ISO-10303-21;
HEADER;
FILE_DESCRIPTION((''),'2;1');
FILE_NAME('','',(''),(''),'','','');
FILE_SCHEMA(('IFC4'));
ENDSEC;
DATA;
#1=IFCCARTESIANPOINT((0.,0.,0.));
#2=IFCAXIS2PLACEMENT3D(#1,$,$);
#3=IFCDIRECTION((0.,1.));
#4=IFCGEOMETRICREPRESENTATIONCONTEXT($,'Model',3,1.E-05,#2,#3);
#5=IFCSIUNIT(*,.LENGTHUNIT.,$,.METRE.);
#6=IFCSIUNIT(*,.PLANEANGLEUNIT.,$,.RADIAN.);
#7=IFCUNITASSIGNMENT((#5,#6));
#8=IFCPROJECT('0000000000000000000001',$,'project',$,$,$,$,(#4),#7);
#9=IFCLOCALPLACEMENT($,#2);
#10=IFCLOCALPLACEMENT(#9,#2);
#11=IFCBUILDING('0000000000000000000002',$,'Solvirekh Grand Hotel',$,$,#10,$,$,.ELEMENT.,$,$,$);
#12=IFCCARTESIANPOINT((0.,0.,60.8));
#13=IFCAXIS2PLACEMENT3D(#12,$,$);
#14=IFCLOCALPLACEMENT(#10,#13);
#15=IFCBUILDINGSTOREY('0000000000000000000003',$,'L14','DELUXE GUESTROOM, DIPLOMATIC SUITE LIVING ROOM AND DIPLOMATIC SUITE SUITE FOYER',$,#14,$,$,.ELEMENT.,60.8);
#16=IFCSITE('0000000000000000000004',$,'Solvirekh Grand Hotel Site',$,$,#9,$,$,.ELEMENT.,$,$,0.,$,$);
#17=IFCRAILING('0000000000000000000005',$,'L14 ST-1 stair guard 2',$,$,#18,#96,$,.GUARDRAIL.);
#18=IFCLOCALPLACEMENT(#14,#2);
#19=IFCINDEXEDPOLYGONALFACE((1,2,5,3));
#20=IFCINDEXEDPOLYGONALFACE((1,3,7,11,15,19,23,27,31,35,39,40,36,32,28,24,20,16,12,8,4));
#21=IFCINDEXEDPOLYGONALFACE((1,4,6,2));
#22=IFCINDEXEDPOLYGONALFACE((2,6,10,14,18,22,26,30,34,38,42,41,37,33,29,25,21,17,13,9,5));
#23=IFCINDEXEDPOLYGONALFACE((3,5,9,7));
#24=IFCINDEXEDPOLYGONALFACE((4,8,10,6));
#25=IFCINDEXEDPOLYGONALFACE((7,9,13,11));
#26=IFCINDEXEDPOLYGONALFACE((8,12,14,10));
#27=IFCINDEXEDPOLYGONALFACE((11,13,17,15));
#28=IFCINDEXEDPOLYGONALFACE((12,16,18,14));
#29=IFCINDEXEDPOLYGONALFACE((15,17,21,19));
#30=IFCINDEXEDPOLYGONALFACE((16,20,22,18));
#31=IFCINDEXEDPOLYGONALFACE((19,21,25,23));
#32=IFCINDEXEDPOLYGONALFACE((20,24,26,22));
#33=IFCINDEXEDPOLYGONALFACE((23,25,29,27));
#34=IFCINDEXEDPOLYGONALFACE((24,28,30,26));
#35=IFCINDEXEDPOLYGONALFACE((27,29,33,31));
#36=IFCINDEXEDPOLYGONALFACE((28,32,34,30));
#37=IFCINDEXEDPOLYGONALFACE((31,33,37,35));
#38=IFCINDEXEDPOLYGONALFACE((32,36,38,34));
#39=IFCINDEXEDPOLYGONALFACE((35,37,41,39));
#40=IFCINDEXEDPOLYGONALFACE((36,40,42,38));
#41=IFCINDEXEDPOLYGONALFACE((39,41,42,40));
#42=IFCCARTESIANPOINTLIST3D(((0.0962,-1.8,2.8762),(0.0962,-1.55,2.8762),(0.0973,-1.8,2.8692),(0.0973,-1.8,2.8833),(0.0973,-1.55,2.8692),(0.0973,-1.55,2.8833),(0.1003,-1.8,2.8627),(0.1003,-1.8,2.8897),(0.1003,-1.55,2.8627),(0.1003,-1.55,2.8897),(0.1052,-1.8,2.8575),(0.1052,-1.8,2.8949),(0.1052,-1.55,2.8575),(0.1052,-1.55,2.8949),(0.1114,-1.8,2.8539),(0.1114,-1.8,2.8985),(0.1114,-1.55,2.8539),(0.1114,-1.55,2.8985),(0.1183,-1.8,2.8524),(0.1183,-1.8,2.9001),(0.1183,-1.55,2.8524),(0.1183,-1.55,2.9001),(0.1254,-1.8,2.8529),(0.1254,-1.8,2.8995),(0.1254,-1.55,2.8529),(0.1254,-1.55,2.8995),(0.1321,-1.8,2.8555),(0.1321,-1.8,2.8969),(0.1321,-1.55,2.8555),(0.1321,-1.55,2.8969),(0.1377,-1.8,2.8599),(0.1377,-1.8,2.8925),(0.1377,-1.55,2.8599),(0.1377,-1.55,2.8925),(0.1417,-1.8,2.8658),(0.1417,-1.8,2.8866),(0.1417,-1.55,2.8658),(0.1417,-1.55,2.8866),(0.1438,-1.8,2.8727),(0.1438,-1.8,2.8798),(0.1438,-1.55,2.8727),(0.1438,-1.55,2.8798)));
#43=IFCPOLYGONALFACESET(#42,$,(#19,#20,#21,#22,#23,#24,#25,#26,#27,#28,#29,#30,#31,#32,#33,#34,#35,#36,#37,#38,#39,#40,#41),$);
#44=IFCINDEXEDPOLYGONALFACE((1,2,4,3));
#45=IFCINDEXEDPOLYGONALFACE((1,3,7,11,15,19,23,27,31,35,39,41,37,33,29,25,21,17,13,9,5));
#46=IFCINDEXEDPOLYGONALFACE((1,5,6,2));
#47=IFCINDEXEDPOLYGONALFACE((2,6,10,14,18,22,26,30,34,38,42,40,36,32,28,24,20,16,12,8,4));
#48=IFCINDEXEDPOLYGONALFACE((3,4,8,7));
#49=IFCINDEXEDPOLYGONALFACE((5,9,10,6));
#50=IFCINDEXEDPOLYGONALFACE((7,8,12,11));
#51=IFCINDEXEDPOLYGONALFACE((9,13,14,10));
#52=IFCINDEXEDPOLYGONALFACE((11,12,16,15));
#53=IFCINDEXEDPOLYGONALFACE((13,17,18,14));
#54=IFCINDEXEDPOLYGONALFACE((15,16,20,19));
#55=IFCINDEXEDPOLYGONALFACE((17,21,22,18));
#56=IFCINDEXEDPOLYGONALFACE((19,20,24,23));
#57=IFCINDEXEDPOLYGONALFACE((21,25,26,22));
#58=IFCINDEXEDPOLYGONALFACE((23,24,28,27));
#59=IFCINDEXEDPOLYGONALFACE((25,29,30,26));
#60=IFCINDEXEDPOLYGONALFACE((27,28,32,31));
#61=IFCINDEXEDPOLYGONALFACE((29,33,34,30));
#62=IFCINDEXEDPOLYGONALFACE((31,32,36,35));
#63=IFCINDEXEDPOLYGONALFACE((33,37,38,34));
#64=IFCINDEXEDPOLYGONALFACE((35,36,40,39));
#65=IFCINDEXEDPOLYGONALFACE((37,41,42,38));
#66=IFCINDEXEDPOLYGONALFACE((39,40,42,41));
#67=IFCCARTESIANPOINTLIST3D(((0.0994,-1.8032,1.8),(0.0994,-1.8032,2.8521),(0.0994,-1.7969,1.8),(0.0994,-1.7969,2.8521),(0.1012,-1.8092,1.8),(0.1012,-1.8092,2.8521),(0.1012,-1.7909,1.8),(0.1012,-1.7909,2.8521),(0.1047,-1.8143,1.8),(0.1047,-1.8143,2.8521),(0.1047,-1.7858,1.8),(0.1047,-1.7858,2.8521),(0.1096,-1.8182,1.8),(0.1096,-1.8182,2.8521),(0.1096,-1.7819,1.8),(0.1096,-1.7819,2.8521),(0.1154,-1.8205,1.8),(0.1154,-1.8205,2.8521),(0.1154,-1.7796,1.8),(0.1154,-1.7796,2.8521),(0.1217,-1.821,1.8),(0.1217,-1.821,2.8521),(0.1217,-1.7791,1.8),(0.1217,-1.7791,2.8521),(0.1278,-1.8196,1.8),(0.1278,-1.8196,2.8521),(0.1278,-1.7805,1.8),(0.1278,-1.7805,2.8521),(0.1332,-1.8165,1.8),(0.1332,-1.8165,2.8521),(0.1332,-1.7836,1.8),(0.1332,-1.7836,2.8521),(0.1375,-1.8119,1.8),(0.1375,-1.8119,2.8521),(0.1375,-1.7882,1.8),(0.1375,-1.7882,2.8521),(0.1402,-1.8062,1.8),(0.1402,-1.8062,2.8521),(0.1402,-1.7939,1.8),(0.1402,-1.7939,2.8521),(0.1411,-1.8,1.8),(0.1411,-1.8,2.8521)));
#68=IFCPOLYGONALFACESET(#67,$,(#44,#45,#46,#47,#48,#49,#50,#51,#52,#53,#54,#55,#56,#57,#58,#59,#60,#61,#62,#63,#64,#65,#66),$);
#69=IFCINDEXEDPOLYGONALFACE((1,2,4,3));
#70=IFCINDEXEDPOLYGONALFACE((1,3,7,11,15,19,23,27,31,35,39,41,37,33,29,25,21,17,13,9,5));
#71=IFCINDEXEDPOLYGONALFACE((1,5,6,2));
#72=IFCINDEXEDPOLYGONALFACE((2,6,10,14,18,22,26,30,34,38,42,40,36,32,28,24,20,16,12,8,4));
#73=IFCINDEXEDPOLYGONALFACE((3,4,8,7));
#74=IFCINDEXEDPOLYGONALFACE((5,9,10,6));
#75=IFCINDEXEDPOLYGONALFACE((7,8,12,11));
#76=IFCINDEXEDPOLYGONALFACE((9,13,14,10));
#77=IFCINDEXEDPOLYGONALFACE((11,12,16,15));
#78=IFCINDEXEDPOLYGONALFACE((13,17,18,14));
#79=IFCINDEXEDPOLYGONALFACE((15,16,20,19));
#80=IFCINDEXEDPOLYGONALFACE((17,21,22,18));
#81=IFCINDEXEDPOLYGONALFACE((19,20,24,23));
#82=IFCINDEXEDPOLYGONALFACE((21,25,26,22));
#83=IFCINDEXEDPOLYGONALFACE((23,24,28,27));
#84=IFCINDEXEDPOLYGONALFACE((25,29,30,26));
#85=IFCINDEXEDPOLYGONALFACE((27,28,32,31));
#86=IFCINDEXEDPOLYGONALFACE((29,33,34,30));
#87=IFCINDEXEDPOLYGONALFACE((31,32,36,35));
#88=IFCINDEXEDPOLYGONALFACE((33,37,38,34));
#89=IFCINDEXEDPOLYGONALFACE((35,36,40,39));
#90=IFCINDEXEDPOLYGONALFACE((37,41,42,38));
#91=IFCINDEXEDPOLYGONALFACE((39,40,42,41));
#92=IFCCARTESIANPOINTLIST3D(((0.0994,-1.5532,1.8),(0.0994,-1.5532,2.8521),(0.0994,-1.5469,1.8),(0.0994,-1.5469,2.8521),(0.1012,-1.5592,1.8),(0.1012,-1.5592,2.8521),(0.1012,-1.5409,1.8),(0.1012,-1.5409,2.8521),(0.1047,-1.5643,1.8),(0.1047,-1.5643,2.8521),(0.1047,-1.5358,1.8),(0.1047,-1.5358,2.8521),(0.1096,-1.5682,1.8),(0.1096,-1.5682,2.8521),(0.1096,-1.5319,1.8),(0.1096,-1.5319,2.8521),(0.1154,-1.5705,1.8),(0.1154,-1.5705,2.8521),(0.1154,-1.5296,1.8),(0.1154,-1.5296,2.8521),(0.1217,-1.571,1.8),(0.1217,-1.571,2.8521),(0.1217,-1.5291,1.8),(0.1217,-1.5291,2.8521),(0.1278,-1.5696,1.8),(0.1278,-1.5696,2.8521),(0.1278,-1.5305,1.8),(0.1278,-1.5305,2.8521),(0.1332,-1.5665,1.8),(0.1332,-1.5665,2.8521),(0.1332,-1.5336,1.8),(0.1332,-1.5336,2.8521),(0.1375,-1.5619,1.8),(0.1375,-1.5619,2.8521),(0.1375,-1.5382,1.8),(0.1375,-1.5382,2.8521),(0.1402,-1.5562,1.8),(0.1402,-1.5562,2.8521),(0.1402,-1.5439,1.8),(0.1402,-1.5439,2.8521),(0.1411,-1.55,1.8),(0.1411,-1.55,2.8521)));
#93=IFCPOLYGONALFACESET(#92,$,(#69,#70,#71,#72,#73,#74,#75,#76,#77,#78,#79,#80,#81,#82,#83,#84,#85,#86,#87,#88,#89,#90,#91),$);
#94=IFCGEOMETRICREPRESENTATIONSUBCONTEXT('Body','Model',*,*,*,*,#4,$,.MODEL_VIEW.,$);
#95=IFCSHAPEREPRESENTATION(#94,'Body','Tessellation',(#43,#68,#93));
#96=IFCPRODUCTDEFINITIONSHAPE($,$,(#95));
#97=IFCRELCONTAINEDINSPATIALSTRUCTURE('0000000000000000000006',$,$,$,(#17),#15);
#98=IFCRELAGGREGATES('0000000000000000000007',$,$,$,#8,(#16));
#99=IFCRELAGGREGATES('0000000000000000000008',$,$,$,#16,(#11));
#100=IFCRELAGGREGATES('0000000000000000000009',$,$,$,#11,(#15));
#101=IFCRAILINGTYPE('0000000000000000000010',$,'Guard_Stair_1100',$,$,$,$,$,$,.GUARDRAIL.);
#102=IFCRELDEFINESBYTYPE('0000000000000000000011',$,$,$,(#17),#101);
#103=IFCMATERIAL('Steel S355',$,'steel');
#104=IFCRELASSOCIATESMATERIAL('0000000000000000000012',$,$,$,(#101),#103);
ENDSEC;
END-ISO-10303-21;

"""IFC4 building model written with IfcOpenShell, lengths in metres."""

from ifc_helpers import new_model, si_unit, direction, frame, origin, origin_2d, place, context, subcontext, project, spatial, circle, extrude, material, type_object, element, save


model = new_model("IFC4")

# Units and contexts
model_context = context("Model", 3, precision=1e-05, world=origin(), true_north=direction((0.0, 1.0)))
body_context = subcontext(model_context, "Body", "Model", "MODEL_VIEW")
ifc_project = project(units=[si_unit("LENGTHUNIT", "METRE"), si_unit("PLANEANGLEUNIT", "RADIAN")], contexts=[model_context])

# Site, building, storey
site_placement = place(None, origin())
site = spatial("IfcSite", under=ifc_project, at=site_placement, Name="Solvirekh Grand Hotel Site", CompositionType="ELEMENT", RefElevation=0.0)
building_placement = place(site_placement, origin())
building = spatial("IfcBuilding", under=site, at=building_placement, Name="Solvirekh Grand Hotel", CompositionType="ELEMENT")
storey_placement = place(building_placement, frame((0.0, 0.0, 60.8)))
storey = spatial("IfcBuildingStorey", under=building, at=storey_placement, Name="L14", Description="DELUXE GUESTROOM, DIPLOMATIC SUITE LIVING ROOM AND DIPLOMATIC SUITE SUITE FOYER", CompositionType="ELEMENT", Elevation=60.8)

# Shared definitions
ifc_material_1 = material(Name="Steel S355", Category="steel")

# Railing
railing_type_1 = type_object("IfcRailingType", Name="Guard_Stair_1100", PredefinedType="GUARDRAIL", material=ifc_material_1)
railing_1_placement = place(storey_placement, frame((0.1201, -1.8, 1.8)))
element("IfcRailing", 1, at=railing_1_placement, inside=storey, type_object=railing_type_1, Name="L14 ST-1 stair guard 2", PredefinedType="GUARDRAIL", context=body_context, shape_type="SweptSolid", body=[
    extrude(circle(Radius=0.0239, at=origin_2d()), frame((0.0, 0.0, 1.0762), z_axis=(0.0, 1.0, 0.0), x_axis=(-1.0, 0.0, 0.0)), (0.0, 0.0, 1.0), 0.25),
    extrude(circle(Radius=0.021, at=origin_2d()), origin(), (0.0, 0.0, 1.0), 1.052),
    extrude(circle(Radius=0.021, at=origin_2d()), frame((0.0, 0.25, 0.0)), (0.0, 0.0, 1.0), 1.052),
])

save(model, "model.ifc")
